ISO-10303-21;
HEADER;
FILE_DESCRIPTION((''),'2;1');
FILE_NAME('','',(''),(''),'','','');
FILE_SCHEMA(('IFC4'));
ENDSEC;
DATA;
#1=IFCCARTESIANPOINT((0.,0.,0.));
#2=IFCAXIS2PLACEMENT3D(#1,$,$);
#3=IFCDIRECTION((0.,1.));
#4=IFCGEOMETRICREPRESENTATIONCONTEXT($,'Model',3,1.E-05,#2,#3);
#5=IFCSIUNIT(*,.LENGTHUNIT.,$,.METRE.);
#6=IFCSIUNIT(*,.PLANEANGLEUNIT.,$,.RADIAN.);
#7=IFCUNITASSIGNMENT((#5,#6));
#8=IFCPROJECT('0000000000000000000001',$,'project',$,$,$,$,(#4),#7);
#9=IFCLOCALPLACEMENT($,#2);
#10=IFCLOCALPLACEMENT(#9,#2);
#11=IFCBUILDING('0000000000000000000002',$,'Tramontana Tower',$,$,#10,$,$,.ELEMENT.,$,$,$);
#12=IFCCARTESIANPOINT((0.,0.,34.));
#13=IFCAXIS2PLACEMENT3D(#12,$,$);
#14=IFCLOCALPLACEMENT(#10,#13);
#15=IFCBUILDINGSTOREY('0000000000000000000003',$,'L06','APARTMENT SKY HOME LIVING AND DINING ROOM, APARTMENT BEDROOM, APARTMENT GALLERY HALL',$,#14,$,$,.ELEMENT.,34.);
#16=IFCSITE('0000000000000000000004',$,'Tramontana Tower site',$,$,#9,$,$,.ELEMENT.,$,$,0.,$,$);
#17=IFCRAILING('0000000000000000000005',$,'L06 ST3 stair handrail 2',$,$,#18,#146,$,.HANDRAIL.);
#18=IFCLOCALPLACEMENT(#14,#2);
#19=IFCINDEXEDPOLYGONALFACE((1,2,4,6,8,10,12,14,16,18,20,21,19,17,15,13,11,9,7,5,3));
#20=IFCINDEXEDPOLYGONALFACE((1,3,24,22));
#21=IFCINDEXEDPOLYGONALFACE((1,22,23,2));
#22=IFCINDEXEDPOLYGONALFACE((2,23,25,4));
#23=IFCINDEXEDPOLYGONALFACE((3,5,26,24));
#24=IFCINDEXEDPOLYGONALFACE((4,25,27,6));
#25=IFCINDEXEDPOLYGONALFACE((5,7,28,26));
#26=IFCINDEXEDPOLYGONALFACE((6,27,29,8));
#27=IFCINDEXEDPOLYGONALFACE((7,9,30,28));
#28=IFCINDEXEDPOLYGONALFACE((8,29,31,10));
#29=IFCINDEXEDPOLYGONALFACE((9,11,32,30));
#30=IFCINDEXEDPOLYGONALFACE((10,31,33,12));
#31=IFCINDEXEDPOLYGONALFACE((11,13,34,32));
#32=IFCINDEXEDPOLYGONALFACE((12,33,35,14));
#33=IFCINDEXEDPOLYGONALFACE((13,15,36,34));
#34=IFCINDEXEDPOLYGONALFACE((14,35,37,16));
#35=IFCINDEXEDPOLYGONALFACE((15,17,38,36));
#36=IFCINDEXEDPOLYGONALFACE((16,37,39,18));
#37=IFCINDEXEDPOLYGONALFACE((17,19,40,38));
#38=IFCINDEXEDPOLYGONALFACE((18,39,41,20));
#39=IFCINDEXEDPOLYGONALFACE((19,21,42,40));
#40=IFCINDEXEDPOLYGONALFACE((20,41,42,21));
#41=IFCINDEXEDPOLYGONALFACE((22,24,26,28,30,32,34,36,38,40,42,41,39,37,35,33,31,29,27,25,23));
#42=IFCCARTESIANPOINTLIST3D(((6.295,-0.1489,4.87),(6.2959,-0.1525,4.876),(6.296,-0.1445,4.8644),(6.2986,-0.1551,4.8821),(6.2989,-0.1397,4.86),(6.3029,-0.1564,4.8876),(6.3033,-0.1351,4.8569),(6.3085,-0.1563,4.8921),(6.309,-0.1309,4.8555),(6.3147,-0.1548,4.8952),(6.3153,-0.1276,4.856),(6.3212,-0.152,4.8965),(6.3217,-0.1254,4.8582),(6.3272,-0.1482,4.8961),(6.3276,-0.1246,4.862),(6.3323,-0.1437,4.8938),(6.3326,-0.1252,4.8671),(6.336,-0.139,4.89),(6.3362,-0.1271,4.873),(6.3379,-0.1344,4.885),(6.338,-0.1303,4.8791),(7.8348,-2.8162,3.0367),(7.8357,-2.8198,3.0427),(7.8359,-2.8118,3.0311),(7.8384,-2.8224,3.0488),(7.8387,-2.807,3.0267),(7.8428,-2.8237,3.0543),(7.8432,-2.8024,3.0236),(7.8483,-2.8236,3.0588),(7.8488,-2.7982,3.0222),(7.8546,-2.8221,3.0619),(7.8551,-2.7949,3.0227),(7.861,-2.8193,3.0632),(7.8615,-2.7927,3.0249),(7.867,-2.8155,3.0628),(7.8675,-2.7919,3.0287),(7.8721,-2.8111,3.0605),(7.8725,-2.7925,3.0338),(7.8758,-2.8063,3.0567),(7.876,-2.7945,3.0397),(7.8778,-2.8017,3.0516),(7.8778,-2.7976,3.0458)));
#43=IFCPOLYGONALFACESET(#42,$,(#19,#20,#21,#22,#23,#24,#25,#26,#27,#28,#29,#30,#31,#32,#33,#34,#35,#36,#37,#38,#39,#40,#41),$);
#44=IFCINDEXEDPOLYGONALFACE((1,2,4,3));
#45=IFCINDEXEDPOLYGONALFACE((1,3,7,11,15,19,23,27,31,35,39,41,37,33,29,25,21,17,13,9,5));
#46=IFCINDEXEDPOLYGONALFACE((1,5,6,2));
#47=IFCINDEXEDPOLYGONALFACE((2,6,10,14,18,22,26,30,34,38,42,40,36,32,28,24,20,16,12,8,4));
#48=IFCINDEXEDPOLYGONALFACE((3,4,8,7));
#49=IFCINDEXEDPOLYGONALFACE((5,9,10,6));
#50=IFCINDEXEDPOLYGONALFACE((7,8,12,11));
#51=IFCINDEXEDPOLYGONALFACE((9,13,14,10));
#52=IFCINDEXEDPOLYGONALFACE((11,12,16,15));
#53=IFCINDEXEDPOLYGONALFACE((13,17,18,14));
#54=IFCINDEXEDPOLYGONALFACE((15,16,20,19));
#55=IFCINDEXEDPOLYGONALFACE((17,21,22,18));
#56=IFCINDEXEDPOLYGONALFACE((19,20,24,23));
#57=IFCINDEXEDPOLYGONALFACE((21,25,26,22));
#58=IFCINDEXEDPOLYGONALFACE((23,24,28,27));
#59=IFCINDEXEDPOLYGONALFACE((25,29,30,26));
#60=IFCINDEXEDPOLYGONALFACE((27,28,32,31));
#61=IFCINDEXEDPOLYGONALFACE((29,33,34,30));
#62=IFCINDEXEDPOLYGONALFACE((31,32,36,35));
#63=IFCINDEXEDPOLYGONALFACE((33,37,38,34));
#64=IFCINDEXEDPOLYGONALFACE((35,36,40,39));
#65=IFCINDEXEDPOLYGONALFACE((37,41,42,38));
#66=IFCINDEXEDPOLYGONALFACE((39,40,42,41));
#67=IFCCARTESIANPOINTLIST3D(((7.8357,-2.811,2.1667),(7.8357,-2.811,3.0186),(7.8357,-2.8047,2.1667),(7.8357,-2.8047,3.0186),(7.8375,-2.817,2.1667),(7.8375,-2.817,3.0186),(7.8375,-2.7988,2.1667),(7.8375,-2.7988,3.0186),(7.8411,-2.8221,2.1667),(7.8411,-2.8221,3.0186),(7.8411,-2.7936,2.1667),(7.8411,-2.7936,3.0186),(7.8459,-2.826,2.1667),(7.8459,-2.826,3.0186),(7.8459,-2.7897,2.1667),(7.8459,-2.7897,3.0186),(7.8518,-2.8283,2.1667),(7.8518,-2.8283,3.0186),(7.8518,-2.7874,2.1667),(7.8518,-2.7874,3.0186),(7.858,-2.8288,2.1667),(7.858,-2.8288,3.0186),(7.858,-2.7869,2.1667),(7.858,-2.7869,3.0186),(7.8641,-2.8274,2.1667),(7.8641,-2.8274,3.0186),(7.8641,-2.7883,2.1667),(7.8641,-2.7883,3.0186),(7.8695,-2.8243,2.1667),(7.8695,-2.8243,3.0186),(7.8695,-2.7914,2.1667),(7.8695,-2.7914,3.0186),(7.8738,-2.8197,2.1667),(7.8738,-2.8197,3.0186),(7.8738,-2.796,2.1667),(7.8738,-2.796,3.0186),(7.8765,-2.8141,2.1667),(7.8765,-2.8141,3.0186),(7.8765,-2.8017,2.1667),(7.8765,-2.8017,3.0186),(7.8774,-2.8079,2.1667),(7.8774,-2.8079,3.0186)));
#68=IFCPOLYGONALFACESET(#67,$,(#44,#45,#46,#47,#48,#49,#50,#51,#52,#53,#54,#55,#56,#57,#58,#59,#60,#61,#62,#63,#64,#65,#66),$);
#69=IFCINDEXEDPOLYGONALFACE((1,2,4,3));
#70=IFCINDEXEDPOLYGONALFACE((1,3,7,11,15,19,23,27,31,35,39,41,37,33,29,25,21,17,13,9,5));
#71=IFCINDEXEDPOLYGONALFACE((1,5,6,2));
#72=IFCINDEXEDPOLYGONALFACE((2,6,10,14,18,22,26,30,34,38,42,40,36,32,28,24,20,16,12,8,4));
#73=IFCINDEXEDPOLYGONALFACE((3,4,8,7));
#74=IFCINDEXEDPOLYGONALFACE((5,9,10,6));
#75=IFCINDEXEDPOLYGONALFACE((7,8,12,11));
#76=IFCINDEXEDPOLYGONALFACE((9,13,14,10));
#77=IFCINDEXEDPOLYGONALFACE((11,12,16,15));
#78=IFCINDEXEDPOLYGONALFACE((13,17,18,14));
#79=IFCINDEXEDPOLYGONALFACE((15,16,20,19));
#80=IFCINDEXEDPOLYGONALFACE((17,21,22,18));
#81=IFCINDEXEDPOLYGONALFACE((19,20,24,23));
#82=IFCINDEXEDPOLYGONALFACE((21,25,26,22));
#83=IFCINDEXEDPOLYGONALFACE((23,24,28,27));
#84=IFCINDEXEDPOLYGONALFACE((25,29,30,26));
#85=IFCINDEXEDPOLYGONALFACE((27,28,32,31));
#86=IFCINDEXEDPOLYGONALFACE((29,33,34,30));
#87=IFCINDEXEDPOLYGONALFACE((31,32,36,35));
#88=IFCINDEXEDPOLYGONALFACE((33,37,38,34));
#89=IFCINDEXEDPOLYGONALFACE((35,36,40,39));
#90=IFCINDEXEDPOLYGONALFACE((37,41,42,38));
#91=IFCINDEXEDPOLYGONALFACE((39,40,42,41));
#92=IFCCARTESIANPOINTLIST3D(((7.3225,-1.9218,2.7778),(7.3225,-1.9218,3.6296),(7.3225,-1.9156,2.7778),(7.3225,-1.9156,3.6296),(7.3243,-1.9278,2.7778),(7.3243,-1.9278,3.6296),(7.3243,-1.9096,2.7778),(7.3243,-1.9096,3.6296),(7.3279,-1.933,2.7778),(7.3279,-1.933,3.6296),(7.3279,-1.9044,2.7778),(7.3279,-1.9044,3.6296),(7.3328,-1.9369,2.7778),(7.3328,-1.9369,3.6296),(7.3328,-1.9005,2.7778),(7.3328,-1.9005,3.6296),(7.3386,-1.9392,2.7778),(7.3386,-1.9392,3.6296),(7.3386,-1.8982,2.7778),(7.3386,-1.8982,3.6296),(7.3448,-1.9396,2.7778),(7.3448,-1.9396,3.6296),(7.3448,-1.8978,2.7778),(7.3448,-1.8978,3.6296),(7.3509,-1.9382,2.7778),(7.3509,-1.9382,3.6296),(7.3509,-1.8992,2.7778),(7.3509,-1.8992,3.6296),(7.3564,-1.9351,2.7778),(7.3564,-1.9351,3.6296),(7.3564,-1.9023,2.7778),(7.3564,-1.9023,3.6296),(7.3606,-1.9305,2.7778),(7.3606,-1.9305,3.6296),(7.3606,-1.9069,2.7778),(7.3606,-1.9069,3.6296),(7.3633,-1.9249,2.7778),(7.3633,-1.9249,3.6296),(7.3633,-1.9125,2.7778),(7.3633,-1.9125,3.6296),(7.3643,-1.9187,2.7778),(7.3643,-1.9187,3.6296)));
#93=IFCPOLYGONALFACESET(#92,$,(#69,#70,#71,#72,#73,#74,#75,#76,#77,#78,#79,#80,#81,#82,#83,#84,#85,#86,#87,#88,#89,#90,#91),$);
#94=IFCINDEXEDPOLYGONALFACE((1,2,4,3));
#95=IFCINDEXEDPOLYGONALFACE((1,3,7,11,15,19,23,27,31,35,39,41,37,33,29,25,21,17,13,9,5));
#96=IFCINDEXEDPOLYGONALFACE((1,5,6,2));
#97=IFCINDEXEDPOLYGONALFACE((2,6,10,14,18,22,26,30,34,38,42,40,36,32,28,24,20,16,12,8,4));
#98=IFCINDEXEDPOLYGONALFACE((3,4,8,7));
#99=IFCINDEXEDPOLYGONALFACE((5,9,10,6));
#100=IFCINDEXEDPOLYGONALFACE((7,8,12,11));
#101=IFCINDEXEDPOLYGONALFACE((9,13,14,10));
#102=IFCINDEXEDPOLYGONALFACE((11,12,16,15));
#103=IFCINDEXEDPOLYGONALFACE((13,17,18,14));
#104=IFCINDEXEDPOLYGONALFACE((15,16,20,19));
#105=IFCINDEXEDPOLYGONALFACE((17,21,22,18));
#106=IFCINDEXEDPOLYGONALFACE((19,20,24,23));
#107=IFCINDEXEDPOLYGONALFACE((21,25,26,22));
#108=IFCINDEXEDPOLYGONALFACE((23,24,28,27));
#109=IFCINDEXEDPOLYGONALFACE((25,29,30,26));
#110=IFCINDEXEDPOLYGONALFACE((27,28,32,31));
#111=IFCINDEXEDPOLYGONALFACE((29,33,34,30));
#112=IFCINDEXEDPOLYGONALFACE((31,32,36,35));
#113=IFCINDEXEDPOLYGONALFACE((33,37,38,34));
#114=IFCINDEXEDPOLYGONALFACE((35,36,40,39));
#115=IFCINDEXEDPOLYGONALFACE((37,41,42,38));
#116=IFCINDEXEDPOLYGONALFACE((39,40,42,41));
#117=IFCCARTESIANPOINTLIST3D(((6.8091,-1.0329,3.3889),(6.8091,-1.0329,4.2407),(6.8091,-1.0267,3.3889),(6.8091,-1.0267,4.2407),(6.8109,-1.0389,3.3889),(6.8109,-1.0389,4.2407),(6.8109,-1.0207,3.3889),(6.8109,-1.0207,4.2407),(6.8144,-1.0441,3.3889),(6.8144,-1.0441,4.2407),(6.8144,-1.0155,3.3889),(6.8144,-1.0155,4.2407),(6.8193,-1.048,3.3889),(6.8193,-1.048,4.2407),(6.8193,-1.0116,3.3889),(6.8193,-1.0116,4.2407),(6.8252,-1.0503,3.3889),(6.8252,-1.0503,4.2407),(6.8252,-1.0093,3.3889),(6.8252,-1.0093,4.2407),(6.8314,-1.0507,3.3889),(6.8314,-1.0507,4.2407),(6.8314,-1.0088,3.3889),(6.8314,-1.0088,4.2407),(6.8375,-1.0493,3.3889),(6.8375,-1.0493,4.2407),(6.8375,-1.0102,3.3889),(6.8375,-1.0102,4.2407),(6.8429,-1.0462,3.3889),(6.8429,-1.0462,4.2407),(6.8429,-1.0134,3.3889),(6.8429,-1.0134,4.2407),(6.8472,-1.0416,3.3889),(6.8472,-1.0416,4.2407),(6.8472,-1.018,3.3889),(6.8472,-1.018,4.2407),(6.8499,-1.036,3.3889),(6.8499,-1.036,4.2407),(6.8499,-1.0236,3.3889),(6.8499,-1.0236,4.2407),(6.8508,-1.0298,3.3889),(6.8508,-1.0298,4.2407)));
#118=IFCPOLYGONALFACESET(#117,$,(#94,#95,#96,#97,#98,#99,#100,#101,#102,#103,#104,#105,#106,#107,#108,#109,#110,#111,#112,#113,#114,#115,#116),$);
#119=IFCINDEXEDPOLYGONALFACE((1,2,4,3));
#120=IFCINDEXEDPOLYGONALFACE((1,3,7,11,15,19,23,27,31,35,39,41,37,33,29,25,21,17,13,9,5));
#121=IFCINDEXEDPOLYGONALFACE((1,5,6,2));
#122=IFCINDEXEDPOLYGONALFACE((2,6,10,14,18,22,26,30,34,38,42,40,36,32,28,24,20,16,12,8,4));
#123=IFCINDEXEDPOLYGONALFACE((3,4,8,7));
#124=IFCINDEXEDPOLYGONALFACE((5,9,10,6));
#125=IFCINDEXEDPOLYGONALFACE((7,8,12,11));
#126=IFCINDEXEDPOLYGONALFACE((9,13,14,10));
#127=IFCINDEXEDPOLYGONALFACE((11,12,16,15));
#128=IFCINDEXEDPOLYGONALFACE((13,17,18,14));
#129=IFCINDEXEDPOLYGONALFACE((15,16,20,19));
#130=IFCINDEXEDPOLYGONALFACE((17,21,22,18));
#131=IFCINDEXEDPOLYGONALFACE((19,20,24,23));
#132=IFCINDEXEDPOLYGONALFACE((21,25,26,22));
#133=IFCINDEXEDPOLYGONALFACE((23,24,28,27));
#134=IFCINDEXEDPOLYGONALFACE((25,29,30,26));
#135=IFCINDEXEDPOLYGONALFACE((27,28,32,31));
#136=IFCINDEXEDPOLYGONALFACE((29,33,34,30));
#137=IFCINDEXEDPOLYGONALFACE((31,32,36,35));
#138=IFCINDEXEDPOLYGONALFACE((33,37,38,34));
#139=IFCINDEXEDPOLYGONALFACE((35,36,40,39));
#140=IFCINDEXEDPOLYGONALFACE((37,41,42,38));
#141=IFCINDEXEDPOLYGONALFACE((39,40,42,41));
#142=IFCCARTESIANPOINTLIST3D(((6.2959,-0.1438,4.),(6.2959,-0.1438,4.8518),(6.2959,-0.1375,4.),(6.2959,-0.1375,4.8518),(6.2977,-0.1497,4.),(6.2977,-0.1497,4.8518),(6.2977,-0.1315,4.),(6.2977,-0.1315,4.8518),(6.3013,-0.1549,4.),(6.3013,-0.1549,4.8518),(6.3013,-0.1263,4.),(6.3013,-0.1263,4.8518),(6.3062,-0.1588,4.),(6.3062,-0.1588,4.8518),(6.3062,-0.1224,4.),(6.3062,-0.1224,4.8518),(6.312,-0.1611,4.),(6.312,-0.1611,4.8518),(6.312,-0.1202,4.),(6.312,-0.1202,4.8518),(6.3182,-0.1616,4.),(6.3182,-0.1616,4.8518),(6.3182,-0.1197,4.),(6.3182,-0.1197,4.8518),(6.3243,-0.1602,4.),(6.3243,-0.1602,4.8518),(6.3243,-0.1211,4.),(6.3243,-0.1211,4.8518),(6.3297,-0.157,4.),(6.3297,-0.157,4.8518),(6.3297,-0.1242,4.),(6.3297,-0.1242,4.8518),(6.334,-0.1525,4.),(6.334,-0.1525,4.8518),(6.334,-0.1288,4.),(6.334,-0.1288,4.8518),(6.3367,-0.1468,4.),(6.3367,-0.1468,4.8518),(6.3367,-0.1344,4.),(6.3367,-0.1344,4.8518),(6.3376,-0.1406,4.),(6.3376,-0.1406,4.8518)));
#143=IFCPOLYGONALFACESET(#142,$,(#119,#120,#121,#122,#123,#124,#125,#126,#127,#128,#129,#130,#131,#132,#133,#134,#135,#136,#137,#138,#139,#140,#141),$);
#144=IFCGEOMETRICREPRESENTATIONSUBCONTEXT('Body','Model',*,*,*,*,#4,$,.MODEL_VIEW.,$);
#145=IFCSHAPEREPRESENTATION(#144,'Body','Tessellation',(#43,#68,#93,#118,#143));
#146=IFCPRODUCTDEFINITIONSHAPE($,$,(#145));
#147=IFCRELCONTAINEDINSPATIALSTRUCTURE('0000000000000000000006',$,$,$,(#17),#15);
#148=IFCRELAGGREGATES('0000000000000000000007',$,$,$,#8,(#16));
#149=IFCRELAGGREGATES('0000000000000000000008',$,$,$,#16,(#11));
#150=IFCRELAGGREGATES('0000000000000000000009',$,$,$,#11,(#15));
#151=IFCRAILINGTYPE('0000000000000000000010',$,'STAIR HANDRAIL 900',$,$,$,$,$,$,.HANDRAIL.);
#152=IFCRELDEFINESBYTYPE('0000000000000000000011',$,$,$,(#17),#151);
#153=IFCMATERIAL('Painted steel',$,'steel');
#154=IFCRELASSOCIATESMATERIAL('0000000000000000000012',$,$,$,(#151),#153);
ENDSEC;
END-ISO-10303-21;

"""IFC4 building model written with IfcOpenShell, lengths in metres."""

from ifc_helpers import new_model, si_unit, direction, frame, origin, origin_2d, place, context, subcontext, project, spatial, circle, extrude, material, type_object, element, save


model = new_model("IFC4")

# Units and contexts
model_context = context("Model", 3, precision=1e-05, world=origin(), true_north=direction((0.0, 1.0)))
body_context = subcontext(model_context, "Body", "Model", "MODEL_VIEW")
ifc_project = project(units=[si_unit("LENGTHUNIT", "METRE"), si_unit("PLANEANGLEUNIT", "RADIAN")], contexts=[model_context])

# Site, building, storey
site_placement = place(None, origin())
site = spatial("IfcSite", under=ifc_project, at=site_placement, Name="Tramontana Tower site", CompositionType="ELEMENT", RefElevation=0.0)
building_placement = place(site_placement, origin())
building = spatial("IfcBuilding", under=site, at=building_placement, Name="Tramontana Tower", CompositionType="ELEMENT")
storey_placement = place(building_placement, frame((0.0, 0.0, 34.0)))
storey = spatial("IfcBuildingStorey", under=building, at=storey_placement, Name="L06", Description="APARTMENT SKY HOME LIVING AND DINING ROOM, APARTMENT BEDROOM, APARTMENT GALLERY HALL", CompositionType="ELEMENT", Elevation=34.0)

# Railing
ifc_material_1 = material(Name="Painted steel", Category="steel")
railing_type_1 = type_object("IfcRailingType", Name="STAIR HANDRAIL 900", PredefinedType="HANDRAIL", material=ifc_material_1)
railing_1_placement = place(storey_placement, frame((7.8564, -2.8079, 2.1667)))
element("IfcRailing", 1, at=railing_1_placement, inside=storey, type_object=railing_type_1, Name="L06 ST3 stair handrail 2", PredefinedType="HANDRAIL", context=body_context, shape_type="SweptSolid", body=[
    extrude(circle(Radius=0.0239, at=origin_2d()), frame((0.0, 0.0, 0.876), z_axis=(-0.429616, 0.744181, 0.511493), x_axis=(-0.866044, -0.499967, 0.0)), (0.0, 0.0, 1.0), 3.5842),
    extrude(circle(Radius=0.021, at=origin_2d()), origin(), (0.0, 0.0, 1.0), 0.8518),
    extrude(circle(Radius=0.021, at=origin_2d()), frame((-0.5132, 0.8892, 0.6111)), (0.0, 0.0, 1.0), 0.8518),
    extrude(circle(Radius=0.021, at=origin_2d()), frame((-1.0266, 1.7781, 1.2222)), (0.0, 0.0, 1.0), 0.8518),
    extrude(circle(Radius=0.021, at=origin_2d()), frame((-1.5398, 2.6672, 1.8333)), (0.0, 0.0, 1.0), 0.8518),
])

save(model, "model.ifc")
